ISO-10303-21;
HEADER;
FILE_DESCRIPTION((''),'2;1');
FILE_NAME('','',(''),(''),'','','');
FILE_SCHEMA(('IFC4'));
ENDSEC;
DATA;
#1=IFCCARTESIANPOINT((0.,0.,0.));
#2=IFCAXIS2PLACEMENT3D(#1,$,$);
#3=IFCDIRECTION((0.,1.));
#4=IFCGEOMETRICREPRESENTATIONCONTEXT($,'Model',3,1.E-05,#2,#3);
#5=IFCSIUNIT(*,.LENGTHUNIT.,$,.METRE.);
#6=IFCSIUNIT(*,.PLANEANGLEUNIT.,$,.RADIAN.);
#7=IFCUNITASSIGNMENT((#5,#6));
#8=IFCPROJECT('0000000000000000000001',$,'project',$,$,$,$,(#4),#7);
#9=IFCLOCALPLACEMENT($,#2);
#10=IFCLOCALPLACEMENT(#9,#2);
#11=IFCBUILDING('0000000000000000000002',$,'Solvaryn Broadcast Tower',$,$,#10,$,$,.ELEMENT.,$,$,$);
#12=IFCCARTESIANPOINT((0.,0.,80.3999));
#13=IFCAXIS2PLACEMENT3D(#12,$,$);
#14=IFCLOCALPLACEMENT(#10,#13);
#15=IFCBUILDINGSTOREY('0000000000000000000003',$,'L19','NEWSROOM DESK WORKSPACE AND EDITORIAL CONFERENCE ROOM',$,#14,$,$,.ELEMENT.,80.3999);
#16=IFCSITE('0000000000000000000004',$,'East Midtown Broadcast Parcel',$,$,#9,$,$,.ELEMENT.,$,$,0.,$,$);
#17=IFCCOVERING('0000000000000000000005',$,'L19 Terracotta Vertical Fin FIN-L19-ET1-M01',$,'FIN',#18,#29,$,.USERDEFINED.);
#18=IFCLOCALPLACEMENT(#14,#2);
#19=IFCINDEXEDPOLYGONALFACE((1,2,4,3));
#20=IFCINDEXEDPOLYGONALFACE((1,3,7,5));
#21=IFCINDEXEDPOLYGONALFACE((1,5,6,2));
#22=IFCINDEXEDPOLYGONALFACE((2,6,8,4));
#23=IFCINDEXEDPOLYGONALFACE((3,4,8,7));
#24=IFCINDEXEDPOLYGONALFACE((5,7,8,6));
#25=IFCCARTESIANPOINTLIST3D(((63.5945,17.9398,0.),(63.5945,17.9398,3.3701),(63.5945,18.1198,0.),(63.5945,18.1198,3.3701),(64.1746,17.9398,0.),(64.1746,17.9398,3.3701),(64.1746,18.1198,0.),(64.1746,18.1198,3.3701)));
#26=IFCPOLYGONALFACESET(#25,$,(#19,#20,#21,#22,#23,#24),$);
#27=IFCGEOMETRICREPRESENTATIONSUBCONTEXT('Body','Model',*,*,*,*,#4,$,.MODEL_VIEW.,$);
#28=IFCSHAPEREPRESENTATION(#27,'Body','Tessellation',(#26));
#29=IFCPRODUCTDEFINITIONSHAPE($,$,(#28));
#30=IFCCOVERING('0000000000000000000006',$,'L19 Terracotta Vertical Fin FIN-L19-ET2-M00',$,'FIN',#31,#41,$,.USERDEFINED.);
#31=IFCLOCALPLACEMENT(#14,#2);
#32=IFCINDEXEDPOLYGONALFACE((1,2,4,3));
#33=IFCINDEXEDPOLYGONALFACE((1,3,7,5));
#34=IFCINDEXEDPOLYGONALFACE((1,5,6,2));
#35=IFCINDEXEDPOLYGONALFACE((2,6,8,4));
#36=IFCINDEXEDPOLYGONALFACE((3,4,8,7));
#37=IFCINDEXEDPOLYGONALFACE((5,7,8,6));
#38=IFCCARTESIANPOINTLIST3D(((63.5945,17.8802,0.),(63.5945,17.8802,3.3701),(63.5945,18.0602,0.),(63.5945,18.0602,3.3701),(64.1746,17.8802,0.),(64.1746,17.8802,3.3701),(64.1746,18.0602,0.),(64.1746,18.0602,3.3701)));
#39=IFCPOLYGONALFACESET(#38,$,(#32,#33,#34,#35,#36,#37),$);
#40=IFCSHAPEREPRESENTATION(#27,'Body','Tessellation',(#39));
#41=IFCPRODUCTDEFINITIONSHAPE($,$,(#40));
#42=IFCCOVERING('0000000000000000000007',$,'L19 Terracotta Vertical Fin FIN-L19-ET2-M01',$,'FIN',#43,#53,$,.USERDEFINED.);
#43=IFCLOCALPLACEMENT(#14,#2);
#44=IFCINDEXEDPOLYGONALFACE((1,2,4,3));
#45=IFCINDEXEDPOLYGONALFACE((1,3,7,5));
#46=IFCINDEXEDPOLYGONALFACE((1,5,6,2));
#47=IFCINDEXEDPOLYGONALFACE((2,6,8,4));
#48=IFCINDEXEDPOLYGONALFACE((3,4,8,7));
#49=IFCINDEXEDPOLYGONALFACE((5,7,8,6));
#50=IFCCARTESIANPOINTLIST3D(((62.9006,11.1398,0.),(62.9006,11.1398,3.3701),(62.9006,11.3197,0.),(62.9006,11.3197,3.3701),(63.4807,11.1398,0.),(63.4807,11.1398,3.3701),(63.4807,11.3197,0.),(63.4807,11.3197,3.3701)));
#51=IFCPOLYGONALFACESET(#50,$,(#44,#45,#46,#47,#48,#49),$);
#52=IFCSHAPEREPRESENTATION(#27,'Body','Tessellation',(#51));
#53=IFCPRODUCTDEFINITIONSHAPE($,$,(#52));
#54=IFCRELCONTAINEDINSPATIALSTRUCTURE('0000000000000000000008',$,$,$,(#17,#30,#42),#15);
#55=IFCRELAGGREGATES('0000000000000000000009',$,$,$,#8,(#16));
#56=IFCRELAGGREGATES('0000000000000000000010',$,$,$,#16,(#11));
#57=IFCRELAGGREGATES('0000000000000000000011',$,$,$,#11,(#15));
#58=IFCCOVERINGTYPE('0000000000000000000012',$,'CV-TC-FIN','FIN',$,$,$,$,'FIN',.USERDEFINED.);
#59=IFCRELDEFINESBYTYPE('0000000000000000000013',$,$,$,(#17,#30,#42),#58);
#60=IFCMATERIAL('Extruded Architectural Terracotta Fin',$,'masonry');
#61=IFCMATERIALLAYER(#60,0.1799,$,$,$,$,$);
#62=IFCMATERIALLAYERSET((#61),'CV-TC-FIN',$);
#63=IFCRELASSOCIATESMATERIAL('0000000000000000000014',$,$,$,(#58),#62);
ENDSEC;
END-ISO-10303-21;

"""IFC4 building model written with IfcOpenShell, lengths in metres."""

from ifc_helpers import new_model, si_unit, direction, frame, origin, origin_2d, place, context, subcontext, project, spatial, rectangle, extrude, material, layer, layer_set, type_object, element, save


model = new_model("IFC4")

# Units and contexts
model_context = context("Model", 3, precision=1e-05, world=origin(), true_north=direction((0.0, 1.0)))
body_context = subcontext(model_context, "Body", "Model", "MODEL_VIEW")
ifc_project = project(units=[si_unit("LENGTHUNIT", "METRE"), si_unit("PLANEANGLEUNIT", "RADIAN")], contexts=[model_context])

# Site, building, storey
site_placement = place(None, origin())
site = spatial("IfcSite", under=ifc_project, at=site_placement, Name="East Midtown Broadcast Parcel", CompositionType="ELEMENT", RefElevation=0.0)
building_placement = place(site_placement, origin())
building = spatial("IfcBuilding", under=site, at=building_placement, Name="Solvaryn Broadcast Tower", CompositionType="ELEMENT")
storey_placement = place(building_placement, frame((0.0, 0.0, 80.3999)))
storey = spatial("IfcBuildingStorey", under=building, at=storey_placement, Name="L19", Description="NEWSROOM DESK WORKSPACE AND EDITORIAL CONFERENCE ROOM", CompositionType="ELEMENT", Elevation=80.3999)

# Coverings
ifc_material_1 = material(Name="Extruded Architectural Terracotta Fin", Category="masonry")
ifc_layer_1 = layer(ifc_material_1, 0.1799)
ifc_layer_set_1 = layer_set([ifc_layer_1], Name="CV-TC-FIN")
covering_type_1 = type_object("IfcCoveringType", Name="CV-TC-FIN", Description="FIN", ElementType="FIN", PredefinedType="USERDEFINED", material=ifc_layer_set_1)
for number, where, z_axis, x_axis, name in (
    (1, (63.8845, 18.0298, 0.0), (0.0, 0.0, 1.0), (1.0, 0.0, 0.0), "L19 Terracotta Vertical Fin FIN-L19-ET1-M01"),
    (2, (63.8845, 17.9702, 0.0), (0.0, 0.0, 1.0), (1.0, 0.0, 0.0), "L19 Terracotta Vertical Fin FIN-L19-ET2-M00"),
    (3, (63.1907, 11.2297, 0.0), (0.0, 0.0, 1.0), (1.0, 0.0, 0.0), "L19 Terracotta Vertical Fin FIN-L19-ET2-M01"),
):
    element("IfcCovering", number, at=place(storey_placement, frame(where, z_axis=z_axis, x_axis=x_axis)), inside=storey, type_object=covering_type_1, Name=name, ObjectType="FIN", PredefinedType="USERDEFINED", context=body_context, shape_type="SweptSolid", body=[
        extrude(rectangle(XDim=0.5801, YDim=0.1799, at=origin_2d()), origin(), (0.0, 0.0, 1.0), 3.3701),
    ])

save(model, "model.ifc")
